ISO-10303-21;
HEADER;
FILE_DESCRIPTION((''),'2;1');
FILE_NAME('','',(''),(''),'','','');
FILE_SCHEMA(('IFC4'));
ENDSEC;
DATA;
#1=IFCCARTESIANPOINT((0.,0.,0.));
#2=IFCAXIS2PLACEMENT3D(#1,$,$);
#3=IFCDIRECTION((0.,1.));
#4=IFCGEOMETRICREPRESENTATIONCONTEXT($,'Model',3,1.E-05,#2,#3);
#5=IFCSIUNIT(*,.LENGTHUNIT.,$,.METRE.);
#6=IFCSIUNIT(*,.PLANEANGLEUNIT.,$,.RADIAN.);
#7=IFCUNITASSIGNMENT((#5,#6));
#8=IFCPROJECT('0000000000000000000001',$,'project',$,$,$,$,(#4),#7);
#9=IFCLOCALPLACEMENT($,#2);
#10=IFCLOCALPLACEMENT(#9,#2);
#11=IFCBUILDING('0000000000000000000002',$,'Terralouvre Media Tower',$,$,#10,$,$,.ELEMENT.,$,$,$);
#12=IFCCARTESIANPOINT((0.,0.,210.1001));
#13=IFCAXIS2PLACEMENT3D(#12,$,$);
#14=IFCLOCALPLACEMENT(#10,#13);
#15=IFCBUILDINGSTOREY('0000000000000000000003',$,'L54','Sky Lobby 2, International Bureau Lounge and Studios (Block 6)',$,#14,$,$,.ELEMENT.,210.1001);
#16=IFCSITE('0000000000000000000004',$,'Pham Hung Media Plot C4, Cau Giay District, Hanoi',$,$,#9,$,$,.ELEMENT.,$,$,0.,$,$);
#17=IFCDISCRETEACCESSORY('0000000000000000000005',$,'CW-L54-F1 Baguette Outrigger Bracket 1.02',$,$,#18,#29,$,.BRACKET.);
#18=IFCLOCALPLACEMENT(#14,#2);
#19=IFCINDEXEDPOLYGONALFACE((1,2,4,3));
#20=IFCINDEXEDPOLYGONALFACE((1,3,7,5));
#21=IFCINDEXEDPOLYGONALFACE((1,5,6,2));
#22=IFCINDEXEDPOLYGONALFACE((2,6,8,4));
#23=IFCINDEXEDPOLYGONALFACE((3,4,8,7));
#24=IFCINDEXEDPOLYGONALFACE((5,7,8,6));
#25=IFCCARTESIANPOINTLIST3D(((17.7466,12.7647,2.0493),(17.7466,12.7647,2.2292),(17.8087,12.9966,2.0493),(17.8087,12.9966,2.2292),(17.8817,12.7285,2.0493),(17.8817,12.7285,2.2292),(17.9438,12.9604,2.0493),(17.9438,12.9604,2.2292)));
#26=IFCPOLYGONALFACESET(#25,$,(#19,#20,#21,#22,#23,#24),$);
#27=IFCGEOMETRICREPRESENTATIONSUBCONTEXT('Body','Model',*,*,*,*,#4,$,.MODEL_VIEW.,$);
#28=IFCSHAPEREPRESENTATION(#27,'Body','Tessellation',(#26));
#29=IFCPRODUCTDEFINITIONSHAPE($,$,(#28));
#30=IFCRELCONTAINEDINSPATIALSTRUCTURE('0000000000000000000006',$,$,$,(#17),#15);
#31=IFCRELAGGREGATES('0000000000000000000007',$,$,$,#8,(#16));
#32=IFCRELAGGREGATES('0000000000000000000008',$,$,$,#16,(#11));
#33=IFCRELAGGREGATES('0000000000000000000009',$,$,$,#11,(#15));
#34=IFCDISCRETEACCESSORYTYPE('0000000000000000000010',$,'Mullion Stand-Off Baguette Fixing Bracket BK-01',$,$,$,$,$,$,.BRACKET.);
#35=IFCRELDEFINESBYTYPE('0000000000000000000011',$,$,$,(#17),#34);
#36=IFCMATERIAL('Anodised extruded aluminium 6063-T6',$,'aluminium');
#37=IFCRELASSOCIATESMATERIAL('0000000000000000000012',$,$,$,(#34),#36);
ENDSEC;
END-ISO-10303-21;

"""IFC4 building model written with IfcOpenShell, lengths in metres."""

from ifc_helpers import new_model, si_unit, direction, frame, origin, origin_2d, place, context, subcontext, project, spatial, rectangle, extrude, material, type_object, element, save


model = new_model("IFC4")

# Units and contexts
model_context = context("Model", 3, precision=1e-05, world=origin(), true_north=direction((0.0, 1.0)))
body_context = subcontext(model_context, "Body", "Model", "MODEL_VIEW")
ifc_project = project(units=[si_unit("LENGTHUNIT", "METRE"), si_unit("PLANEANGLEUNIT", "RADIAN")], contexts=[model_context])

# Site, building, storey
site_placement = place(None, origin())
site = spatial("IfcSite", under=ifc_project, at=site_placement, Name="Pham Hung Media Plot C4, Cau Giay District, Hanoi", CompositionType="ELEMENT", RefElevation=0.0)
building_placement = place(site_placement, origin())
building = spatial("IfcBuilding", under=site, at=building_placement, Name="Terralouvre Media Tower", CompositionType="ELEMENT")
storey_placement = place(building_placement, frame((0.0, 0.0, 210.1001)))
storey = spatial("IfcBuildingStorey", under=building, at=storey_placement, Name="L54", Description="Sky Lobby 2, International Bureau Lounge and Studios (Block 6)", CompositionType="ELEMENT", Elevation=210.1001)

# Discrete accessory
ifc_material_1 = material(Name="Anodised extruded aluminium 6063-T6", Category="aluminium")
discrete_accessory_type = type_object("IfcDiscreteAccessoryType", Name="Mullion Stand-Off Baguette Fixing Bracket BK-01", PredefinedType="BRACKET", material=ifc_material_1)
discrete_accessory_placement = place(storey_placement, frame((17.8452, 12.8625, 2.0493), z_axis=(0.0, 0.0, 1.0), x_axis=(-0.965926, 0.258819, 0.0)))
element("IfcDiscreteAccessory", 1, at=discrete_accessory_placement, inside=storey, type_object=discrete_accessory_type, Name="CW-L54-F1 Baguette Outrigger Bracket 1.02", PredefinedType="BRACKET", context=body_context, shape_type="SweptSolid", body=[
    extrude(rectangle(XDim=0.1399, YDim=0.24, at=origin_2d()), origin(), (0.0, 0.0, 1.0), 0.1799),
])

save(model, "model.ifc")
